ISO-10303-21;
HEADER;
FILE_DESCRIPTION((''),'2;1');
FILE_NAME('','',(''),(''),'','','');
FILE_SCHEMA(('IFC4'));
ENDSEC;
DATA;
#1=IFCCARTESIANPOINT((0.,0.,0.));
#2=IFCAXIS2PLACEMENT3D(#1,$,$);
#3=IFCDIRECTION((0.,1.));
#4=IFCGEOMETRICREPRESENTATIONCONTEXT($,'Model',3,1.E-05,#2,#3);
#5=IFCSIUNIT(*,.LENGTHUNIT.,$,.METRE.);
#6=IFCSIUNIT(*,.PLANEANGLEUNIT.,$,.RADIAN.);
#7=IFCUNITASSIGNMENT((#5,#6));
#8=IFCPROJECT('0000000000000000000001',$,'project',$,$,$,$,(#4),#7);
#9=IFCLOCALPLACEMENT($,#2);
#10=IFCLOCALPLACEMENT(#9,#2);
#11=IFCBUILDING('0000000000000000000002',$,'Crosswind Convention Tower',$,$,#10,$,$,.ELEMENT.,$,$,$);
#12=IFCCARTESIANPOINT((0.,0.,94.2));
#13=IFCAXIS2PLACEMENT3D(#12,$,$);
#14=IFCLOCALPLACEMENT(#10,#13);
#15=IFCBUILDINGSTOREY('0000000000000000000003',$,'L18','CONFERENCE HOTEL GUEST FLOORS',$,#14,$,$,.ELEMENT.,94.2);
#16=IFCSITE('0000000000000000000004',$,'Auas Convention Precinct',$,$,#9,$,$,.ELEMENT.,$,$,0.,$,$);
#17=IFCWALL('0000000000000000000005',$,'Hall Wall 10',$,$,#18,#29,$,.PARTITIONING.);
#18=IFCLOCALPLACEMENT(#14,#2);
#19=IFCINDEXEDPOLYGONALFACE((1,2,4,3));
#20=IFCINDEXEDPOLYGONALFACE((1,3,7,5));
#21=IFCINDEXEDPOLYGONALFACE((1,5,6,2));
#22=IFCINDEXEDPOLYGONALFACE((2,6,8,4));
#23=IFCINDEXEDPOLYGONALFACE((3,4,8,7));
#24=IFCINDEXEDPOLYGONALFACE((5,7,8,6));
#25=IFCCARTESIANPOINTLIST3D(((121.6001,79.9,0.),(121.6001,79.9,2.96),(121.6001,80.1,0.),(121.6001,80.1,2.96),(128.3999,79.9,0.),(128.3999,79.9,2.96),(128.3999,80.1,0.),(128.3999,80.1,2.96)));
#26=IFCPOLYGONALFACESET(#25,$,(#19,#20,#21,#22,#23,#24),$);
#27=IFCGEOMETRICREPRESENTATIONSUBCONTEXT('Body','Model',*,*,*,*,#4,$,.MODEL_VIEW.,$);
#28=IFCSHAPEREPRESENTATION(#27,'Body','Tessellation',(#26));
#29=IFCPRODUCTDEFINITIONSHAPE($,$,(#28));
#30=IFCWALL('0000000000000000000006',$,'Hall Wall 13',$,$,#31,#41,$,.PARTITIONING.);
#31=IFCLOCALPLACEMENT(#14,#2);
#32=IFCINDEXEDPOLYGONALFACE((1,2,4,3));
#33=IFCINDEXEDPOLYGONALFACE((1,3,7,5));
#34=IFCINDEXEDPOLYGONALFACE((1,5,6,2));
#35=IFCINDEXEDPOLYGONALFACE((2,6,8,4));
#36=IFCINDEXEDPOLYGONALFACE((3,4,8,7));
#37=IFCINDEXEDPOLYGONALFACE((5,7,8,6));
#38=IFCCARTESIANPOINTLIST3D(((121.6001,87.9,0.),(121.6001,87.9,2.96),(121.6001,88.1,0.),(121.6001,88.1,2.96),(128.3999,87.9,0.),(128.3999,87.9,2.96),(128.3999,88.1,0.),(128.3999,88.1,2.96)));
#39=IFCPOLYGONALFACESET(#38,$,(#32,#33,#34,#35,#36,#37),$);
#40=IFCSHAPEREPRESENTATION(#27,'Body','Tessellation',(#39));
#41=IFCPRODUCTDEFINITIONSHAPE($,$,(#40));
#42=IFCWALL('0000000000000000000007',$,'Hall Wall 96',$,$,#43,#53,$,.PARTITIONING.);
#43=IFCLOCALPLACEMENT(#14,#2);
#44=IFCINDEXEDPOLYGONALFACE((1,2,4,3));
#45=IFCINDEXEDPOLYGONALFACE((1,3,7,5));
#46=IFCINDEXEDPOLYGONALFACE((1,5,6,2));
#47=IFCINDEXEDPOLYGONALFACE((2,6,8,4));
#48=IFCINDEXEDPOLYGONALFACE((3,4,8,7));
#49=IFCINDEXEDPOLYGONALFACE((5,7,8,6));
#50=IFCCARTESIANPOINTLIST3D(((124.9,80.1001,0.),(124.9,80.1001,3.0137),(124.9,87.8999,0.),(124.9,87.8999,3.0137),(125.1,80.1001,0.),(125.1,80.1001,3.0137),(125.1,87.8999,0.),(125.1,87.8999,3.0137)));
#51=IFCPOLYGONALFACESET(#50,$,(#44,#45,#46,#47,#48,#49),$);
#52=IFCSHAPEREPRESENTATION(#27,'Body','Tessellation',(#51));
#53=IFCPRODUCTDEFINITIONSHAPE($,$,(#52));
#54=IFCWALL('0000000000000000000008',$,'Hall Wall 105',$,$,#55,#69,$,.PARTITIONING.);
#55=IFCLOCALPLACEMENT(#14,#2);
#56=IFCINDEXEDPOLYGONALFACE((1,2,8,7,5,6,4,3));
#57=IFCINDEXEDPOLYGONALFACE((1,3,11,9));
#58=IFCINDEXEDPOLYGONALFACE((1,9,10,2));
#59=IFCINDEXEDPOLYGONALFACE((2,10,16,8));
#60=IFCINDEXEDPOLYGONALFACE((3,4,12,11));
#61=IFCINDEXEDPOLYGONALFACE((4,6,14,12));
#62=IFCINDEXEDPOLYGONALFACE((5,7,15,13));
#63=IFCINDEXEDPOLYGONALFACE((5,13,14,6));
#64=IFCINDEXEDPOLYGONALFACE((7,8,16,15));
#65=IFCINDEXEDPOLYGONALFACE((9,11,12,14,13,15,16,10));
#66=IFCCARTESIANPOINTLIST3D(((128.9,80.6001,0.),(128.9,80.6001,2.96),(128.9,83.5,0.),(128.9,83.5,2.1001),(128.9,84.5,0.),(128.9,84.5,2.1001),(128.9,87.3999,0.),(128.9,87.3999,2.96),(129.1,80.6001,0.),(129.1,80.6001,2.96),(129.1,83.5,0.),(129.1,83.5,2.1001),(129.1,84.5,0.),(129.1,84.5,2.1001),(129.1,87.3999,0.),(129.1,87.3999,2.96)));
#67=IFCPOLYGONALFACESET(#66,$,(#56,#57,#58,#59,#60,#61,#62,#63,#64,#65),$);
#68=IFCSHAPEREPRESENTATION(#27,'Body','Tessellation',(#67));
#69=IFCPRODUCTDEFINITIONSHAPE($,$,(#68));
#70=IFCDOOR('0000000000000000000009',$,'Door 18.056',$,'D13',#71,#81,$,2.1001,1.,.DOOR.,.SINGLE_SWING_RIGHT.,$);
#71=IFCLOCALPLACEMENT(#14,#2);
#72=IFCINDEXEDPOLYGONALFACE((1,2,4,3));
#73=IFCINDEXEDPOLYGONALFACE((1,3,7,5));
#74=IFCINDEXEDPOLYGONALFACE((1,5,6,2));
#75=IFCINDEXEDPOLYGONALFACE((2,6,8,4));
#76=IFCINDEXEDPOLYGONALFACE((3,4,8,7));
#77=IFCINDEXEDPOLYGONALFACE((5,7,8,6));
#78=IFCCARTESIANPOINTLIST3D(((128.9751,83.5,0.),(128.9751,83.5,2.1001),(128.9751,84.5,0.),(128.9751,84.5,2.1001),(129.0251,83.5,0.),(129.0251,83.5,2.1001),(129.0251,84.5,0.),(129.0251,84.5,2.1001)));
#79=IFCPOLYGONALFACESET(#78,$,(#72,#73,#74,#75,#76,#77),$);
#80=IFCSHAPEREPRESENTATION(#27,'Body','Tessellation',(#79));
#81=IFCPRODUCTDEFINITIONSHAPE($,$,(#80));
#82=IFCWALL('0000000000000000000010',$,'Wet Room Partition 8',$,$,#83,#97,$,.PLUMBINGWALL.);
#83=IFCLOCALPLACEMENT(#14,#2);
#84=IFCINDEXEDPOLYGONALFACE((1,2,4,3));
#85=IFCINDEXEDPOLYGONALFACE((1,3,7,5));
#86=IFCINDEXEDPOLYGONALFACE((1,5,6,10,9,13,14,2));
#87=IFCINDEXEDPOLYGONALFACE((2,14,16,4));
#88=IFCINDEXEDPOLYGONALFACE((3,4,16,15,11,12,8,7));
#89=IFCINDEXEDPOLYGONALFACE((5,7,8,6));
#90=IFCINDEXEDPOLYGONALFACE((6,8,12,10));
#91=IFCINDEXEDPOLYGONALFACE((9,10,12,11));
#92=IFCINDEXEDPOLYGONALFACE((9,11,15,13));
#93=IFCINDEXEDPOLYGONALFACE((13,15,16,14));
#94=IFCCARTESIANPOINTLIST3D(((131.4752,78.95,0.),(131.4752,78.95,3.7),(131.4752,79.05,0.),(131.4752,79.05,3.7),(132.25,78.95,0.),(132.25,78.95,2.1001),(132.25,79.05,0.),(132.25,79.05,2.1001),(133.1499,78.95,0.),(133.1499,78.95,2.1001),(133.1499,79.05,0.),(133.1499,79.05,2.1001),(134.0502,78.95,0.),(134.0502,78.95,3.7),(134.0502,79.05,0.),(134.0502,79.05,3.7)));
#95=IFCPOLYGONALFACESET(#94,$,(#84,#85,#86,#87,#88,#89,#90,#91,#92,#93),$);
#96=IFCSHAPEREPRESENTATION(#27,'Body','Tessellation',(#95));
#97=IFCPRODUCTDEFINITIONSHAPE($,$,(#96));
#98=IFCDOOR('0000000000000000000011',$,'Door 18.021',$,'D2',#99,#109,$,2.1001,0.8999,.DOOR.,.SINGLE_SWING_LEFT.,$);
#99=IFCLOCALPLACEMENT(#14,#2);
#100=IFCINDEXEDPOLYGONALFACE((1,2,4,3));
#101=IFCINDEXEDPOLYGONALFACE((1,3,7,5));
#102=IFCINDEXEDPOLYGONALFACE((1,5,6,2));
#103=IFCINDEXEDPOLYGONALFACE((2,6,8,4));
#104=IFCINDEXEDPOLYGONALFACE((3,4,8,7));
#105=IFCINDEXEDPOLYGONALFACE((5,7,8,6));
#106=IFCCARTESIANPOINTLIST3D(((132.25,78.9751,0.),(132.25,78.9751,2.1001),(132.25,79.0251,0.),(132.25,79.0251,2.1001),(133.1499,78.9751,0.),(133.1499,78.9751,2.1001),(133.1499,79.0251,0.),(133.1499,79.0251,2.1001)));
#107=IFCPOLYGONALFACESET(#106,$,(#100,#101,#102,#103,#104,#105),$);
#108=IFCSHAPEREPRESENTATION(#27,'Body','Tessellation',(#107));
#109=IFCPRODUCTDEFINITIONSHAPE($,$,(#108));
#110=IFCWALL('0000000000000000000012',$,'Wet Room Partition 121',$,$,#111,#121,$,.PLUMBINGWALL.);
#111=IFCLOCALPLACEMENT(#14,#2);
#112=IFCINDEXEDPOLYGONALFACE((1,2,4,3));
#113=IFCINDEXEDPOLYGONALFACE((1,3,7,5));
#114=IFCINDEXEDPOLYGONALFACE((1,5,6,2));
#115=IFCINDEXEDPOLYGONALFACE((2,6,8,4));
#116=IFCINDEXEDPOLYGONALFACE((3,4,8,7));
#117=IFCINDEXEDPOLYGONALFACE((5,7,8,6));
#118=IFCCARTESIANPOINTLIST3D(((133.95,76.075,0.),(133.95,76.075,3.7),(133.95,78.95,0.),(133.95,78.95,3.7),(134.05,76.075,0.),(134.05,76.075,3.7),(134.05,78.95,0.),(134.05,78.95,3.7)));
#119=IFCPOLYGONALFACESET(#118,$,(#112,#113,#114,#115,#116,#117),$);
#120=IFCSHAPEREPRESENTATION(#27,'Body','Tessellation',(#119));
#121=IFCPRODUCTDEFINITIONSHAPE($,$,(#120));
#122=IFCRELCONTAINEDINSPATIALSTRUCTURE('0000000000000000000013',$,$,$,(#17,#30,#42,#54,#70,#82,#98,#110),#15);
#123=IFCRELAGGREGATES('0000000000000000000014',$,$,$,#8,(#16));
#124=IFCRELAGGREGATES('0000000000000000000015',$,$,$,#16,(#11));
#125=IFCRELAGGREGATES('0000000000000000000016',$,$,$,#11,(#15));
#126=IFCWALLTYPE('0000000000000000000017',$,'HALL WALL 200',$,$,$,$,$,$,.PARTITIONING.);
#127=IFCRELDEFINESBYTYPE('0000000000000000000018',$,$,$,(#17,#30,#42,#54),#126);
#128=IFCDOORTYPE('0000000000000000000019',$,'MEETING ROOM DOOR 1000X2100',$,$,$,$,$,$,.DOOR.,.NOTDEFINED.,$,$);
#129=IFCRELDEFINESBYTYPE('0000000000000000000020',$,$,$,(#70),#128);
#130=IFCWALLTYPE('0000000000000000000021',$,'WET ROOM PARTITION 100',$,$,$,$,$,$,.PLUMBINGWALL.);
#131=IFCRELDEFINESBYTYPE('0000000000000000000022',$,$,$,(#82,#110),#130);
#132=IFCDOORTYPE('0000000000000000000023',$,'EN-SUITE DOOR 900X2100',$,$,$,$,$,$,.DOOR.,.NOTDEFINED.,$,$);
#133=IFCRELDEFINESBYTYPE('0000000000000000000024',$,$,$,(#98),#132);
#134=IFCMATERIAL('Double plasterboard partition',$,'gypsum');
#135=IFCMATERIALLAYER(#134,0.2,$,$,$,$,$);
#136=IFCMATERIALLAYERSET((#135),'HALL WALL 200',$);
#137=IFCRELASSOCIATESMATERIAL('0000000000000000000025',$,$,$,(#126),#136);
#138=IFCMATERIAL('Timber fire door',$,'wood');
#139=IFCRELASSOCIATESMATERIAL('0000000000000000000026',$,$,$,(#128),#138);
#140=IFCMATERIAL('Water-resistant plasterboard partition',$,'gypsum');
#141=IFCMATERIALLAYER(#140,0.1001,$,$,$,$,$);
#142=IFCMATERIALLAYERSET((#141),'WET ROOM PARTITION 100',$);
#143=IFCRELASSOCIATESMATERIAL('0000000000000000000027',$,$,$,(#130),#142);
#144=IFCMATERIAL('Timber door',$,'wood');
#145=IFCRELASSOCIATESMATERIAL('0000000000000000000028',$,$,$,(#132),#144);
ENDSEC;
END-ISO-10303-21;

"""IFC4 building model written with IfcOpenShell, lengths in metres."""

from ifc_helpers import new_model, si_unit, direction, frame, frame_2d, origin, place, context, subcontext, project, spatial, rectangle, extrude, material, layer, layer_set, type_object, element, fill, save


model = new_model("IFC4")

# Units and contexts
model_context = context("Model", 3, precision=1e-05, world=origin(), true_north=direction((0.0, 1.0)))
body_context = subcontext(model_context, "Body", "Model", "MODEL_VIEW")
ifc_project = project(units=[si_unit("LENGTHUNIT", "METRE"), si_unit("PLANEANGLEUNIT", "RADIAN")], contexts=[model_context])

# Site, building, storey
site_placement = place(None, origin())
site = spatial("IfcSite", under=ifc_project, at=site_placement, Name="Auas Convention Precinct", CompositionType="ELEMENT", RefElevation=0.0)
building_placement = place(site_placement, origin())
building = spatial("IfcBuilding", under=site, at=building_placement, Name="Crosswind Convention Tower", CompositionType="ELEMENT")
storey_placement = place(building_placement, frame((0.0, 0.0, 94.2)))
storey = spatial("IfcBuildingStorey", under=building, at=storey_placement, Name="L18", Description="CONFERENCE HOTEL GUEST FLOORS", CompositionType="ELEMENT", Elevation=94.2)

# Walls
ifc_material_1 = material(Name="Double plasterboard partition", Category="gypsum")
ifc_layer_1 = layer(ifc_material_1, 0.2)
ifc_layer_set_1 = layer_set([ifc_layer_1], Name="HALL WALL 200")
wall_type_1 = type_object("IfcWallType", Name="HALL WALL 200", PredefinedType="PARTITIONING", material=ifc_layer_set_1)
for number, where, z_axis, x_axis, name in (
    (1, (121.6001, 80.0, 0.0), (0.0, 0.0, 1.0), (1.0, 0.0, 0.0), "Hall Wall 10"),
    (2, (121.6001, 88.0, 0.0), (0.0, 0.0, 1.0), (1.0, 0.0, 0.0), "Hall Wall 13"),
):
    element("IfcWall", number, at=place(storey_placement, frame(where, z_axis=z_axis, x_axis=x_axis)), inside=storey, type_object=wall_type_1, Name=name, PredefinedType="PARTITIONING", context=body_context, shape_type="SweptSolid", body=[
        extrude(rectangle(XDim=6.7998, YDim=0.2, at=frame_2d((3.3999, 0.0))), origin(), (0.0, 0.0, 1.0), 2.96),
    ])
wall_1_placement = place(storey_placement, frame((125.0, 80.1001, 0.0), z_axis=(0.0, 0.0, 1.0), x_axis=(0.0, 1.0, 0.0)))
element("IfcWall", 3, at=wall_1_placement, inside=storey, type_object=wall_type_1, Name="Hall Wall 96", PredefinedType="PARTITIONING", context=body_context, shape_type="SweptSolid", body=[
    extrude(rectangle(XDim=7.7998, YDim=0.2, at=frame_2d((3.8999, 0.0))), origin(), (0.0, 0.0, 1.0), 3.0137),
])

# Walls, openings, doors
wall_2_placement = place(storey_placement, frame((129.0, 80.6001, 0.0), z_axis=(0.0, 0.0, 1.0), x_axis=(0.0, 1.0, 0.0)))
wall_2 = element("IfcWall", 4, at=wall_2_placement, inside=storey, type_object=wall_type_1, Name="Hall Wall 105", PredefinedType="PARTITIONING", context=body_context, shape_type="SweptSolid", body=[
    extrude(rectangle(XDim=6.7998, YDim=0.2, at=frame_2d((3.3999, 0.0))), origin(), (0.0, 0.0, 1.0), 2.96),
])
opening_1_placement = place(wall_2_placement, frame((2.8999, 0.0, 0.0)))
opening_1 = element("IfcOpeningElement", 5, at=opening_1_placement, cuts=wall_2, PredefinedType="OPENING", context=body_context, shape_type="SweptSolid", body=[
    extrude(rectangle(XDim=1.0, YDim=2.1001, at=frame_2d((0.5, 1.05))), frame((0.0, 0.1099, 0.0), z_axis=(0.0, -1.0, 0.0), x_axis=(1.0, 0.0, 0.0)), (0.0, 0.0, 1.0), 0.22),
])
ifc_material_2 = material(Name="Timber fire door", Category="wood")
door_type_1 = type_object("IfcDoorType", Name="MEETING ROOM DOOR 1000X2100", OperationType="NOTDEFINED", PredefinedType="DOOR", material=ifc_material_2)
door_1_placement = place(opening_1_placement, origin())
door_1 = element("IfcDoor", 6, at=door_1_placement, inside=storey, type_object=door_type_1, Name="Door 18.056", ObjectType="D13", OperationType="SINGLE_SWING_RIGHT", OverallHeight=2.1001, OverallWidth=1.0, PredefinedType="DOOR", context=body_context, shape_type="SweptSolid", body=[
    extrude(rectangle(XDim=1.0, YDim=2.1001, at=frame_2d((0.5, 1.05))), frame((0.0, 0.0249, 0.0), z_axis=(0.0, -1.0, 0.0), x_axis=(1.0, 0.0, 0.0)), (0.0, 0.0, 1.0), 0.05),
])
fill(opening_1, door_1)
ifc_material_3 = material(Name="Water-resistant plasterboard partition", Category="gypsum")
ifc_layer_2 = layer(ifc_material_3, 0.1001)
ifc_layer_set_2 = layer_set([ifc_layer_2], Name="WET ROOM PARTITION 100")
wall_type_2 = type_object("IfcWallType", Name="WET ROOM PARTITION 100", PredefinedType="PLUMBINGWALL", material=ifc_layer_set_2)
wall_3_placement = place(storey_placement, frame((131.4751, 79.0, 0.0), z_axis=(0.0, 0.0, 1.0), x_axis=(1.0, 0.0, 0.0)))
wall_3 = element("IfcWall", 7, at=wall_3_placement, inside=storey, type_object=wall_type_2, Name="Wet Room Partition 8", PredefinedType="PLUMBINGWALL", context=body_context, shape_type="SweptSolid", body=[
    extrude(rectangle(XDim=2.575, YDim=0.1001, at=frame_2d((1.2876, 0.0))), origin(), (0.0, 0.0, 1.0), 3.7),
])
opening_2_placement = place(wall_3_placement, frame((0.7749, 0.0, 0.0)))
opening_2 = element("IfcOpeningElement", 8, at=opening_2_placement, cuts=wall_3, PredefinedType="OPENING", context=body_context, shape_type="SweptSolid", body=[
    extrude(rectangle(XDim=0.8999, YDim=2.1001, at=frame_2d((0.45, 1.05))), frame((0.0, 0.0601, 0.0), z_axis=(0.0, -1.0, 0.0), x_axis=(1.0, 0.0, 0.0)), (0.0, 0.0, 1.0), 0.1201),
])
ifc_material_4 = material(Name="Timber door", Category="wood")
door_type_2 = type_object("IfcDoorType", Name="EN-SUITE DOOR 900X2100", OperationType="NOTDEFINED", PredefinedType="DOOR", material=ifc_material_4)
door_2_placement = place(opening_2_placement, frame((0.8999, 0.0, 0.0), z_axis=(0.0, 0.0, 1.0), x_axis=(-1.0, 0.0, 0.0)))
door_2 = element("IfcDoor", 9, at=door_2_placement, inside=storey, type_object=door_type_2, Name="Door 18.021", ObjectType="D2", OperationType="SINGLE_SWING_LEFT", OverallHeight=2.1001, OverallWidth=0.8999, PredefinedType="DOOR", context=body_context, shape_type="SweptSolid", body=[
    extrude(rectangle(XDim=0.8999, YDim=2.1001, at=frame_2d((0.45, 1.05))), frame((0.0, 0.0249, 0.0), z_axis=(0.0, -1.0, 0.0), x_axis=(1.0, 0.0, 0.0)), (0.0, 0.0, 1.0), 0.05),
])
fill(opening_2, door_2)

# Wall
wall_4_placement = place(storey_placement, frame((134.0, 76.075, 0.0), z_axis=(0.0, 0.0, 1.0), x_axis=(0.0, 1.0, 0.0)))
element("IfcWall", 10, at=wall_4_placement, inside=storey, type_object=wall_type_2, Name="Wet Room Partition 121", PredefinedType="PLUMBINGWALL", context=body_context, shape_type="SweptSolid", body=[
    extrude(rectangle(XDim=2.875, YDim=0.1001, at=frame_2d((1.4375, 0.0))), origin(), (0.0, 0.0, 1.0), 3.7),
])

save(model, "model.ifc")
